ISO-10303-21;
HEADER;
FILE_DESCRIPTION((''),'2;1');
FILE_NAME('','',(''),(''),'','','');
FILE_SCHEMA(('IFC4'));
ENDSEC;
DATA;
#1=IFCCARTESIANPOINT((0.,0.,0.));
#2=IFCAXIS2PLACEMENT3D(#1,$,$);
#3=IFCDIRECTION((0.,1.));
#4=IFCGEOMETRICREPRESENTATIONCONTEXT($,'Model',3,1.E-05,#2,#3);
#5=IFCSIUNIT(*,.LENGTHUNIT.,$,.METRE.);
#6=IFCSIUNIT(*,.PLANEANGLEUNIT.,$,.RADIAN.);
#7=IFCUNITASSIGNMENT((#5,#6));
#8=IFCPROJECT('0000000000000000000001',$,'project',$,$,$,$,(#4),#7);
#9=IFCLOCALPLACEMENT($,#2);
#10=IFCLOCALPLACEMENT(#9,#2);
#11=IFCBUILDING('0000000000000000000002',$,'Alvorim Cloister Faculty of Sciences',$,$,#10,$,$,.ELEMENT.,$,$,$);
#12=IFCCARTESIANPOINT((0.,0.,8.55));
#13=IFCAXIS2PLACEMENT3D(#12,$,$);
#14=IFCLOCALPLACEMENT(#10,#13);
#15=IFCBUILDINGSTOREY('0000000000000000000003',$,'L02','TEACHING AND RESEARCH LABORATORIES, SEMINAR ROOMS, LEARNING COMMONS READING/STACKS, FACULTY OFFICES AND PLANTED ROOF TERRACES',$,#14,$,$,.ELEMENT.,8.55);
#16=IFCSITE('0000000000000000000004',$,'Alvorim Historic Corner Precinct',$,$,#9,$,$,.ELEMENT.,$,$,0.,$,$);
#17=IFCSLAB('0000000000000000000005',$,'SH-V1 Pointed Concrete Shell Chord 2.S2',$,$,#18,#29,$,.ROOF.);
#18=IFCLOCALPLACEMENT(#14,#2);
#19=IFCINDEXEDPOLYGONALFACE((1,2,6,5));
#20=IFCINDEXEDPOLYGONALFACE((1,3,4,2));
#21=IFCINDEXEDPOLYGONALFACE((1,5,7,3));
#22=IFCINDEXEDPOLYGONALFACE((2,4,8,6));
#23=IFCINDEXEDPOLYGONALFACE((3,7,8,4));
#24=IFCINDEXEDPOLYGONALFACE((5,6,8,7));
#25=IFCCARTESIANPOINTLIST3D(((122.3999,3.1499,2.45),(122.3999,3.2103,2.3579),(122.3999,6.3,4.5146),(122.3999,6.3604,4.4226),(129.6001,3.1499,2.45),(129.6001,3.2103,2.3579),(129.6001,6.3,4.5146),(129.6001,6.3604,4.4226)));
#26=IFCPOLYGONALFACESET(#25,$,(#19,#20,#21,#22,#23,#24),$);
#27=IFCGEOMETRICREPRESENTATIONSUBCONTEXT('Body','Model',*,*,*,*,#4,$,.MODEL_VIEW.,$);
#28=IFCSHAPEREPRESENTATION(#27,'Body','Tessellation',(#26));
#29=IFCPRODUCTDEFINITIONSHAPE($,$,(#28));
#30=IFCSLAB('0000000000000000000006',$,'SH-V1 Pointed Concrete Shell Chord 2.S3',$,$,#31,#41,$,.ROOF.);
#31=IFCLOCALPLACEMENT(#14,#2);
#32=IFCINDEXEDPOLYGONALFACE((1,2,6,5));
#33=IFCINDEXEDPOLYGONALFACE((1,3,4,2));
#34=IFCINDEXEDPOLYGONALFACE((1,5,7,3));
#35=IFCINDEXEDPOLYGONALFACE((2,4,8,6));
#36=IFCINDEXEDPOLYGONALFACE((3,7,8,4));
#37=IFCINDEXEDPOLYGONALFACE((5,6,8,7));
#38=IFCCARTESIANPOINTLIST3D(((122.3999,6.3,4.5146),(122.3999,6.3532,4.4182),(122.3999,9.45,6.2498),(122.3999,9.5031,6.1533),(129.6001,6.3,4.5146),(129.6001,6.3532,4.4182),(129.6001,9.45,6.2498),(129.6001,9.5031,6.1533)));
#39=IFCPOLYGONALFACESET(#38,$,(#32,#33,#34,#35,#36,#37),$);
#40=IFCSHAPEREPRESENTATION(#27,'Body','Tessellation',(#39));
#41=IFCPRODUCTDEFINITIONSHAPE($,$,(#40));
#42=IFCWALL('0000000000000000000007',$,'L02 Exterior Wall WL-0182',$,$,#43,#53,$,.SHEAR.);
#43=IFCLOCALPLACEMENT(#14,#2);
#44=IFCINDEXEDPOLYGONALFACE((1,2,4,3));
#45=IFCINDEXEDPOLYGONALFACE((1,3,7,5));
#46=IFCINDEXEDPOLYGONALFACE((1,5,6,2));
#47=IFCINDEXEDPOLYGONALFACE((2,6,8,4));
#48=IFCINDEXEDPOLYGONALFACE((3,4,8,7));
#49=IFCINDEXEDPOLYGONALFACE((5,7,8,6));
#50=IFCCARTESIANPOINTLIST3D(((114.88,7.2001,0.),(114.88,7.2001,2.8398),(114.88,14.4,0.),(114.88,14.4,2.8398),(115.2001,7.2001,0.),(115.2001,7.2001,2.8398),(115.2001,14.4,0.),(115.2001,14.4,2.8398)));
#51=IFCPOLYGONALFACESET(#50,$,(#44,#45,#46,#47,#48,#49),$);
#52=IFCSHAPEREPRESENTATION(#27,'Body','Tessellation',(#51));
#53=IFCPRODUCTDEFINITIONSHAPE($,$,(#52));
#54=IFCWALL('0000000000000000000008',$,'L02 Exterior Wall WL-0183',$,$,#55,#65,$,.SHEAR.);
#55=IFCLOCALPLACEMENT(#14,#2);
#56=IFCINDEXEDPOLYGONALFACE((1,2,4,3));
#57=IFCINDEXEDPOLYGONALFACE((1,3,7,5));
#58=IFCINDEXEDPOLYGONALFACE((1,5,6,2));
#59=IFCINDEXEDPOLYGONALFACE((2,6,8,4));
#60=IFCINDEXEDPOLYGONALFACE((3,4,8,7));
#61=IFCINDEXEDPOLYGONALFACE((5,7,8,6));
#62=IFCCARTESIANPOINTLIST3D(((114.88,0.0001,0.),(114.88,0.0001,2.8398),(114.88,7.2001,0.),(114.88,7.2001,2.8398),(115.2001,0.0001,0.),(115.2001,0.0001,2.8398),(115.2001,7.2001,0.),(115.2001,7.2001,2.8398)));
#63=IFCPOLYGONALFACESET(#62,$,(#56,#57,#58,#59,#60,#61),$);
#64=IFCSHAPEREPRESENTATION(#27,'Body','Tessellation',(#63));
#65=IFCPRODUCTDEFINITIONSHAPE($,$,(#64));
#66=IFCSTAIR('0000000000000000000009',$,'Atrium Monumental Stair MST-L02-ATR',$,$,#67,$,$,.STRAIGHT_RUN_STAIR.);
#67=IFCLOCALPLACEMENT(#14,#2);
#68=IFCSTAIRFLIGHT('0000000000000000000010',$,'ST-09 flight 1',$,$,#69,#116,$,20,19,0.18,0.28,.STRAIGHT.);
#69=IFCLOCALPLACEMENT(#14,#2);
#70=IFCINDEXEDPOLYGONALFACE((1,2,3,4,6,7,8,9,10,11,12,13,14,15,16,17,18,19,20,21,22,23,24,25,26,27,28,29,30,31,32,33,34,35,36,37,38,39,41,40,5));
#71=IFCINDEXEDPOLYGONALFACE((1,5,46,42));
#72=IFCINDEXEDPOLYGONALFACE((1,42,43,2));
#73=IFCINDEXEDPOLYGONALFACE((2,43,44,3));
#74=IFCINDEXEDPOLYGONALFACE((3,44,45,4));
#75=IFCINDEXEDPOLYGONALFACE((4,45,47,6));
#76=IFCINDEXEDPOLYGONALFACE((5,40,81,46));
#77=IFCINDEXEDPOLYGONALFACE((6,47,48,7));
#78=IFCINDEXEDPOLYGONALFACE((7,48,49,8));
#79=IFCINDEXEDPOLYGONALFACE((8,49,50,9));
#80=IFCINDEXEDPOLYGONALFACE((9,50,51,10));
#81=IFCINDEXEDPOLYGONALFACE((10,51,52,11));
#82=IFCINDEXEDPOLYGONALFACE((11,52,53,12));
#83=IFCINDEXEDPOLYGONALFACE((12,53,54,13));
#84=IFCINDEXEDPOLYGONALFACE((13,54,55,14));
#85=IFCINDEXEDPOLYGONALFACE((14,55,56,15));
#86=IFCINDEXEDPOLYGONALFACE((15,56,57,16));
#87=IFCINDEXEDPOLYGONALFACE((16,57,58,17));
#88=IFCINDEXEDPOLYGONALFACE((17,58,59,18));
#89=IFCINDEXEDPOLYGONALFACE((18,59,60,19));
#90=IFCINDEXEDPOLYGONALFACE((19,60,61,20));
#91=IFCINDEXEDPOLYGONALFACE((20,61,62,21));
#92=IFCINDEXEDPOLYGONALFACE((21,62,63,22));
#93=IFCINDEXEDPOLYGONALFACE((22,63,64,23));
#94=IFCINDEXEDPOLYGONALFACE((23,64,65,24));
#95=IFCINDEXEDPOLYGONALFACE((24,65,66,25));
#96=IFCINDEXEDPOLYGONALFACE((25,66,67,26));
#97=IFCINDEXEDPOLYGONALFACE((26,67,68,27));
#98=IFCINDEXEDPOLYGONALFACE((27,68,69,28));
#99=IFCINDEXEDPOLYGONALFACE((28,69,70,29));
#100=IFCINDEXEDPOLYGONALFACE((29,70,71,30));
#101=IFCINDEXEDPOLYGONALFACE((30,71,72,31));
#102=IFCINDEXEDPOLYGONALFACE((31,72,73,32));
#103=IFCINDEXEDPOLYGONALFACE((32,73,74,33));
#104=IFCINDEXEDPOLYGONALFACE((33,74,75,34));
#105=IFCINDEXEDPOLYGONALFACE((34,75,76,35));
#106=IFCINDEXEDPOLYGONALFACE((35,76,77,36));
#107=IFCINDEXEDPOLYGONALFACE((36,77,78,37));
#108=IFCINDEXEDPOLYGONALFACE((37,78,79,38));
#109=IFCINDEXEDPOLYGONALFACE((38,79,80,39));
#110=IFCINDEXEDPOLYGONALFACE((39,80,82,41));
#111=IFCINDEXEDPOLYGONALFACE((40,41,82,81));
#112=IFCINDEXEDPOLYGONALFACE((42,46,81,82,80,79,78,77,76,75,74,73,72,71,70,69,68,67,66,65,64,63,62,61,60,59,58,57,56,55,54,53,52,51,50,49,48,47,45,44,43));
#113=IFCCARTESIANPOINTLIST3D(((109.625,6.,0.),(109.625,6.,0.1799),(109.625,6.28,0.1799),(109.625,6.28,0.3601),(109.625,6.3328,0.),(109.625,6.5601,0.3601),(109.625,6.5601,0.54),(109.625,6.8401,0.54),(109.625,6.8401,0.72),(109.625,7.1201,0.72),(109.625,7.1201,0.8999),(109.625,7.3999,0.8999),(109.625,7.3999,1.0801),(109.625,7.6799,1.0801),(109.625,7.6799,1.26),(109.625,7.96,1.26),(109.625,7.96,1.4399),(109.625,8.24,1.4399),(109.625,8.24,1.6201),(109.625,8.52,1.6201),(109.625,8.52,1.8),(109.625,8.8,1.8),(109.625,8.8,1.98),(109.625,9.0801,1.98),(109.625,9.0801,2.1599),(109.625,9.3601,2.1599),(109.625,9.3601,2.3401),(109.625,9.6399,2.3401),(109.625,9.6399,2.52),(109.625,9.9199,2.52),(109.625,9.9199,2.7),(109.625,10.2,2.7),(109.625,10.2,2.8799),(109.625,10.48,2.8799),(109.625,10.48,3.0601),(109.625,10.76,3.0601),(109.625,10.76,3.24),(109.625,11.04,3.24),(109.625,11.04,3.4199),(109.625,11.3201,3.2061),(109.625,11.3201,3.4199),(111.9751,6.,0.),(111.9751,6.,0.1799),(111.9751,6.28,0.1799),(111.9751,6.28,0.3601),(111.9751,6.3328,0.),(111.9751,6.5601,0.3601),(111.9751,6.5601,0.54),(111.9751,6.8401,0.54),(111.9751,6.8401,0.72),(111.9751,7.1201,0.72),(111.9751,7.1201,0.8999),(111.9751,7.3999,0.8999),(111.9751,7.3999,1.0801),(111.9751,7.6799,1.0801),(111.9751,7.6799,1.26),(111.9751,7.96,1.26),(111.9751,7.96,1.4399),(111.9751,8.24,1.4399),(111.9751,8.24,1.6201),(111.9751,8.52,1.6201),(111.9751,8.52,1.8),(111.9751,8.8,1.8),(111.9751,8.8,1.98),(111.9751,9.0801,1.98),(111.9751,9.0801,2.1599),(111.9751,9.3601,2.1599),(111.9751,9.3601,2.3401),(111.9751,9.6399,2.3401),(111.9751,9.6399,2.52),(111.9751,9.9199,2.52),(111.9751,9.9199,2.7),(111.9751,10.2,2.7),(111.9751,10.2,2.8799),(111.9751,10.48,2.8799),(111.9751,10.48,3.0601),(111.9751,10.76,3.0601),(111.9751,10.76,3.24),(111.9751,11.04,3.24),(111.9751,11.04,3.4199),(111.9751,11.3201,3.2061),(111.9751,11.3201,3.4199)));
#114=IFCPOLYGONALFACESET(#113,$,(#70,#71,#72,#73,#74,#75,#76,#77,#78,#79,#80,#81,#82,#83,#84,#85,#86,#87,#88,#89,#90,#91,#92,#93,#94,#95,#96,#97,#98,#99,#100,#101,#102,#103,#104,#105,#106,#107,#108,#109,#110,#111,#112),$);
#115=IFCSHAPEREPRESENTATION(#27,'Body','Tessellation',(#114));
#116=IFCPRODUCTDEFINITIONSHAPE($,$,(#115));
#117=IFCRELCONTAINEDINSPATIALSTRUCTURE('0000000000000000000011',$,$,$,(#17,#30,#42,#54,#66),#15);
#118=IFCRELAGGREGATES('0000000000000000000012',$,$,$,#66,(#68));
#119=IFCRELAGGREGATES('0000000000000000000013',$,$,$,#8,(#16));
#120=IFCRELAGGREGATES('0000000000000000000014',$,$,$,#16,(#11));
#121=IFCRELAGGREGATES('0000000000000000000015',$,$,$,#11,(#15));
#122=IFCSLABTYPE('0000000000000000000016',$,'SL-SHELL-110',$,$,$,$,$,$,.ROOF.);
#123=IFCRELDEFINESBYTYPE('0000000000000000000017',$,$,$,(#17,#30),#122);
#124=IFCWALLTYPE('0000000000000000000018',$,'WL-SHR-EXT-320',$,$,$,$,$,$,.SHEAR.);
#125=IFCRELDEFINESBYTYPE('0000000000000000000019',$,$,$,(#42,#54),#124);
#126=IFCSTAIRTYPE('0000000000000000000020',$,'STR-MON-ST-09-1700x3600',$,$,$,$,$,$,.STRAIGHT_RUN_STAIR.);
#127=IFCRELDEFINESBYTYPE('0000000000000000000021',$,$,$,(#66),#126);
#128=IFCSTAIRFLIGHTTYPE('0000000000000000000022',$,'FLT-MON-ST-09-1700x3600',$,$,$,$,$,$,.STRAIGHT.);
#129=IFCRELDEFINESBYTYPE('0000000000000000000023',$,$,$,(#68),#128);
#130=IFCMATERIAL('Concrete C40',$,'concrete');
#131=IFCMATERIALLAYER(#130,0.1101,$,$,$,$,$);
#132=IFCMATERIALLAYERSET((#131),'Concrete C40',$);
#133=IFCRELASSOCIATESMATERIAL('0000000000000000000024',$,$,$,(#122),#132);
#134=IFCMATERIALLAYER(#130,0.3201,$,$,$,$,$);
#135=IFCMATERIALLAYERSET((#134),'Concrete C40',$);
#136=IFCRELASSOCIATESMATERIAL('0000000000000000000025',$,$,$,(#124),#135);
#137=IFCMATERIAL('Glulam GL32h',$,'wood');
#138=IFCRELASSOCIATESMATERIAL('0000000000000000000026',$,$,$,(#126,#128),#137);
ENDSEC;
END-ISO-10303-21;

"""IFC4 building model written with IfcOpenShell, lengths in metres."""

from ifc_helpers import new_model, si_unit, direction, frame, frame_2d, origin, place, context, subcontext, project, spatial, polyline, rectangle, outline, extrude, material, layer, layer_set, type_object, element, aggregate, save


model = new_model("IFC4")

# Units and contexts
model_context = context("Model", 3, precision=1e-05, world=origin(), true_north=direction((0.0, 1.0)))
body_context = subcontext(model_context, "Body", "Model", "MODEL_VIEW")
ifc_project = project(units=[si_unit("LENGTHUNIT", "METRE"), si_unit("PLANEANGLEUNIT", "RADIAN")], contexts=[model_context])

# Site, building, storey
site_placement = place(None, origin())
site = spatial("IfcSite", under=ifc_project, at=site_placement, Name="Alvorim Historic Corner Precinct", CompositionType="ELEMENT", RefElevation=0.0)
building_placement = place(site_placement, origin())
building = spatial("IfcBuilding", under=site, at=building_placement, Name="Alvorim Cloister Faculty of Sciences", CompositionType="ELEMENT")
storey_placement = place(building_placement, frame((0.0, 0.0, 8.55)))
storey = spatial("IfcBuildingStorey", under=building, at=storey_placement, Name="L02", Description="TEACHING AND RESEARCH LABORATORIES, SEMINAR ROOMS, LEARNING COMMONS READING/STACKS, FACULTY OFFICES AND PLANTED ROOF TERRACES", CompositionType="ELEMENT", Elevation=8.55)

# Shared definitions
ifc_material_1 = material(Name="Glulam GL32h", Category="wood")

# Shared definitions
ifc_material_2 = material(Name="Concrete C40", Category="concrete")

# Slabs
ifc_layer_1 = layer(ifc_material_2, 0.1101)
ifc_layer_set_1 = layer_set([ifc_layer_1], Name="Concrete C40")
slab_type = type_object("IfcSlabType", Name="SL-SHELL-110", PredefinedType="ROOF", material=ifc_layer_set_1)
slab_1_placement = place(storey_placement, frame((122.3999, 3.1499, 2.45), z_axis=(0.0, -0.548176, 0.836363), x_axis=(1.0, 0.0, 0.0)))
element("IfcSlab", 1, at=slab_1_placement, inside=storey, type_object=slab_type, Name="SH-V1 Pointed Concrete Shell Chord 2.S2", PredefinedType="ROOF", context=body_context, shape_type="SweptSolid", body=[
    extrude(outline(polyline([(0.0, 0.0), (7.2002, 0.0), (7.2002, 3.7665), (0.0, 3.7665), (0.0, 0.0)])), origin(), (0.0, 0.0, -1.0), 0.1101),
])
slab_2_placement = place(storey_placement, frame((122.3999, 6.3, 4.5146), z_axis=(0.0, -0.482487, 0.875903), x_axis=(1.0, 0.0, 0.0)))
element("IfcSlab", 2, at=slab_2_placement, inside=storey, type_object=slab_type, Name="SH-V1 Pointed Concrete Shell Chord 2.S3", PredefinedType="ROOF", context=body_context, shape_type="SweptSolid", body=[
    extrude(outline(polyline([(0.0, 0.0), (7.2002, 0.0), (7.2002, 3.5962), (0.0, 3.5962), (0.0, 0.0)])), origin(), (0.0, 0.0, -1.0), 0.1101),
])

# Walls
ifc_layer_2 = layer(ifc_material_2, 0.3201)
ifc_layer_set_2 = layer_set([ifc_layer_2], Name="Concrete C40")
wall_type = type_object("IfcWallType", Name="WL-SHR-EXT-320", PredefinedType="SHEAR", material=ifc_layer_set_2)
for number, where, z_axis, x_axis, name in (
    (3, (115.04, 7.2, 0.0), (0.0, 0.0, 1.0), (0.0, 1.0, 0.0), "L02 Exterior Wall WL-0182"),
    (4, (115.04, 0.0, 0.0), (0.0, 0.0, 1.0), (0.0, 1.0, 0.0), "L02 Exterior Wall WL-0183"),
):
    element("IfcWall", number, at=place(storey_placement, frame(where, z_axis=z_axis, x_axis=x_axis)), inside=storey, type_object=wall_type, Name=name, PredefinedType="SHEAR", context=body_context, shape_type="SweptSolid", body=[
        extrude(rectangle(XDim=7.2, YDim=0.3201, at=frame_2d((3.6001, 0.0))), origin(), (0.0, 0.0, 1.0), 2.8398),
    ])

# Stair, stair flight
stair_type = type_object("IfcStairType", Name="STR-MON-ST-09-1700x3600", PredefinedType="STRAIGHT_RUN_STAIR", material=ifc_material_1)
stair_placement = place(storey_placement, origin())
stair = element("IfcStair", 5, at=stair_placement, inside=storey, type_object=stair_type, Name="Atrium Monumental Stair MST-L02-ATR", PredefinedType="STRAIGHT_RUN_STAIR")
stair_flight_type = type_object("IfcStairFlightType", Name="FLT-MON-ST-09-1700x3600", PredefinedType="STRAIGHT", material=ifc_material_1)
stair_flight_placement = place(storey_placement, frame((110.8, 6.0, 0.0), z_axis=(0.0, 0.0, 1.0), x_axis=(0.0, 1.0, 0.0)))
stair_flight = element("IfcStairFlight", 6, at=stair_flight_placement, type_object=stair_flight_type, Name="ST-09 flight 1", NumberOfRisers=20, NumberOfTreads=19, PredefinedType="STRAIGHT", RiserHeight=0.18, TreadLength=0.28, context=body_context, shape_type="SweptSolid", body=[
    extrude(outline(polyline([(0.3328, 0.0), (5.3201, 3.2061), (5.3201, 3.6001), (5.3201, 3.4199), (5.04, 3.4199), (5.04, 3.24), (4.76, 3.24), (4.76, 3.0601), (4.48, 3.0601), (4.48, 2.8799), (4.2, 2.8799), (4.2, 2.7), (3.9199, 2.7), (3.9199, 2.52), (3.6399, 2.52), (3.6399, 2.3401), (3.3601, 2.3401), (3.3601, 2.1599), (3.0801, 2.1599), (3.0801, 1.98), (2.8, 1.98), (2.8, 1.8), (2.52, 1.8), (2.52, 1.6201), (2.24, 1.6201), (2.24, 1.4399), (1.96, 1.4399), (1.96, 1.26), (1.6799, 1.26), (1.6799, 1.0801), (1.3999, 1.0801), (1.3999, 0.8999), (1.1201, 0.8999), (1.1201, 0.72), (0.8401, 0.72), (0.8401, 0.54), (0.5601, 0.54), (0.5601, 0.3601), (0.28, 0.3601), (0.28, 0.1799), (0.0, 0.1799), (0.0, 0.0), (0.3328, 0.0)])), frame((0.0, 1.175, 0.0), z_axis=(0.0, -1.0, 0.0), x_axis=(1.0, 0.0, 0.0)), (0.0, 0.0, 1.0), 2.3501),
])
aggregate(stair, [stair_flight])

save(model, "model.ifc")
